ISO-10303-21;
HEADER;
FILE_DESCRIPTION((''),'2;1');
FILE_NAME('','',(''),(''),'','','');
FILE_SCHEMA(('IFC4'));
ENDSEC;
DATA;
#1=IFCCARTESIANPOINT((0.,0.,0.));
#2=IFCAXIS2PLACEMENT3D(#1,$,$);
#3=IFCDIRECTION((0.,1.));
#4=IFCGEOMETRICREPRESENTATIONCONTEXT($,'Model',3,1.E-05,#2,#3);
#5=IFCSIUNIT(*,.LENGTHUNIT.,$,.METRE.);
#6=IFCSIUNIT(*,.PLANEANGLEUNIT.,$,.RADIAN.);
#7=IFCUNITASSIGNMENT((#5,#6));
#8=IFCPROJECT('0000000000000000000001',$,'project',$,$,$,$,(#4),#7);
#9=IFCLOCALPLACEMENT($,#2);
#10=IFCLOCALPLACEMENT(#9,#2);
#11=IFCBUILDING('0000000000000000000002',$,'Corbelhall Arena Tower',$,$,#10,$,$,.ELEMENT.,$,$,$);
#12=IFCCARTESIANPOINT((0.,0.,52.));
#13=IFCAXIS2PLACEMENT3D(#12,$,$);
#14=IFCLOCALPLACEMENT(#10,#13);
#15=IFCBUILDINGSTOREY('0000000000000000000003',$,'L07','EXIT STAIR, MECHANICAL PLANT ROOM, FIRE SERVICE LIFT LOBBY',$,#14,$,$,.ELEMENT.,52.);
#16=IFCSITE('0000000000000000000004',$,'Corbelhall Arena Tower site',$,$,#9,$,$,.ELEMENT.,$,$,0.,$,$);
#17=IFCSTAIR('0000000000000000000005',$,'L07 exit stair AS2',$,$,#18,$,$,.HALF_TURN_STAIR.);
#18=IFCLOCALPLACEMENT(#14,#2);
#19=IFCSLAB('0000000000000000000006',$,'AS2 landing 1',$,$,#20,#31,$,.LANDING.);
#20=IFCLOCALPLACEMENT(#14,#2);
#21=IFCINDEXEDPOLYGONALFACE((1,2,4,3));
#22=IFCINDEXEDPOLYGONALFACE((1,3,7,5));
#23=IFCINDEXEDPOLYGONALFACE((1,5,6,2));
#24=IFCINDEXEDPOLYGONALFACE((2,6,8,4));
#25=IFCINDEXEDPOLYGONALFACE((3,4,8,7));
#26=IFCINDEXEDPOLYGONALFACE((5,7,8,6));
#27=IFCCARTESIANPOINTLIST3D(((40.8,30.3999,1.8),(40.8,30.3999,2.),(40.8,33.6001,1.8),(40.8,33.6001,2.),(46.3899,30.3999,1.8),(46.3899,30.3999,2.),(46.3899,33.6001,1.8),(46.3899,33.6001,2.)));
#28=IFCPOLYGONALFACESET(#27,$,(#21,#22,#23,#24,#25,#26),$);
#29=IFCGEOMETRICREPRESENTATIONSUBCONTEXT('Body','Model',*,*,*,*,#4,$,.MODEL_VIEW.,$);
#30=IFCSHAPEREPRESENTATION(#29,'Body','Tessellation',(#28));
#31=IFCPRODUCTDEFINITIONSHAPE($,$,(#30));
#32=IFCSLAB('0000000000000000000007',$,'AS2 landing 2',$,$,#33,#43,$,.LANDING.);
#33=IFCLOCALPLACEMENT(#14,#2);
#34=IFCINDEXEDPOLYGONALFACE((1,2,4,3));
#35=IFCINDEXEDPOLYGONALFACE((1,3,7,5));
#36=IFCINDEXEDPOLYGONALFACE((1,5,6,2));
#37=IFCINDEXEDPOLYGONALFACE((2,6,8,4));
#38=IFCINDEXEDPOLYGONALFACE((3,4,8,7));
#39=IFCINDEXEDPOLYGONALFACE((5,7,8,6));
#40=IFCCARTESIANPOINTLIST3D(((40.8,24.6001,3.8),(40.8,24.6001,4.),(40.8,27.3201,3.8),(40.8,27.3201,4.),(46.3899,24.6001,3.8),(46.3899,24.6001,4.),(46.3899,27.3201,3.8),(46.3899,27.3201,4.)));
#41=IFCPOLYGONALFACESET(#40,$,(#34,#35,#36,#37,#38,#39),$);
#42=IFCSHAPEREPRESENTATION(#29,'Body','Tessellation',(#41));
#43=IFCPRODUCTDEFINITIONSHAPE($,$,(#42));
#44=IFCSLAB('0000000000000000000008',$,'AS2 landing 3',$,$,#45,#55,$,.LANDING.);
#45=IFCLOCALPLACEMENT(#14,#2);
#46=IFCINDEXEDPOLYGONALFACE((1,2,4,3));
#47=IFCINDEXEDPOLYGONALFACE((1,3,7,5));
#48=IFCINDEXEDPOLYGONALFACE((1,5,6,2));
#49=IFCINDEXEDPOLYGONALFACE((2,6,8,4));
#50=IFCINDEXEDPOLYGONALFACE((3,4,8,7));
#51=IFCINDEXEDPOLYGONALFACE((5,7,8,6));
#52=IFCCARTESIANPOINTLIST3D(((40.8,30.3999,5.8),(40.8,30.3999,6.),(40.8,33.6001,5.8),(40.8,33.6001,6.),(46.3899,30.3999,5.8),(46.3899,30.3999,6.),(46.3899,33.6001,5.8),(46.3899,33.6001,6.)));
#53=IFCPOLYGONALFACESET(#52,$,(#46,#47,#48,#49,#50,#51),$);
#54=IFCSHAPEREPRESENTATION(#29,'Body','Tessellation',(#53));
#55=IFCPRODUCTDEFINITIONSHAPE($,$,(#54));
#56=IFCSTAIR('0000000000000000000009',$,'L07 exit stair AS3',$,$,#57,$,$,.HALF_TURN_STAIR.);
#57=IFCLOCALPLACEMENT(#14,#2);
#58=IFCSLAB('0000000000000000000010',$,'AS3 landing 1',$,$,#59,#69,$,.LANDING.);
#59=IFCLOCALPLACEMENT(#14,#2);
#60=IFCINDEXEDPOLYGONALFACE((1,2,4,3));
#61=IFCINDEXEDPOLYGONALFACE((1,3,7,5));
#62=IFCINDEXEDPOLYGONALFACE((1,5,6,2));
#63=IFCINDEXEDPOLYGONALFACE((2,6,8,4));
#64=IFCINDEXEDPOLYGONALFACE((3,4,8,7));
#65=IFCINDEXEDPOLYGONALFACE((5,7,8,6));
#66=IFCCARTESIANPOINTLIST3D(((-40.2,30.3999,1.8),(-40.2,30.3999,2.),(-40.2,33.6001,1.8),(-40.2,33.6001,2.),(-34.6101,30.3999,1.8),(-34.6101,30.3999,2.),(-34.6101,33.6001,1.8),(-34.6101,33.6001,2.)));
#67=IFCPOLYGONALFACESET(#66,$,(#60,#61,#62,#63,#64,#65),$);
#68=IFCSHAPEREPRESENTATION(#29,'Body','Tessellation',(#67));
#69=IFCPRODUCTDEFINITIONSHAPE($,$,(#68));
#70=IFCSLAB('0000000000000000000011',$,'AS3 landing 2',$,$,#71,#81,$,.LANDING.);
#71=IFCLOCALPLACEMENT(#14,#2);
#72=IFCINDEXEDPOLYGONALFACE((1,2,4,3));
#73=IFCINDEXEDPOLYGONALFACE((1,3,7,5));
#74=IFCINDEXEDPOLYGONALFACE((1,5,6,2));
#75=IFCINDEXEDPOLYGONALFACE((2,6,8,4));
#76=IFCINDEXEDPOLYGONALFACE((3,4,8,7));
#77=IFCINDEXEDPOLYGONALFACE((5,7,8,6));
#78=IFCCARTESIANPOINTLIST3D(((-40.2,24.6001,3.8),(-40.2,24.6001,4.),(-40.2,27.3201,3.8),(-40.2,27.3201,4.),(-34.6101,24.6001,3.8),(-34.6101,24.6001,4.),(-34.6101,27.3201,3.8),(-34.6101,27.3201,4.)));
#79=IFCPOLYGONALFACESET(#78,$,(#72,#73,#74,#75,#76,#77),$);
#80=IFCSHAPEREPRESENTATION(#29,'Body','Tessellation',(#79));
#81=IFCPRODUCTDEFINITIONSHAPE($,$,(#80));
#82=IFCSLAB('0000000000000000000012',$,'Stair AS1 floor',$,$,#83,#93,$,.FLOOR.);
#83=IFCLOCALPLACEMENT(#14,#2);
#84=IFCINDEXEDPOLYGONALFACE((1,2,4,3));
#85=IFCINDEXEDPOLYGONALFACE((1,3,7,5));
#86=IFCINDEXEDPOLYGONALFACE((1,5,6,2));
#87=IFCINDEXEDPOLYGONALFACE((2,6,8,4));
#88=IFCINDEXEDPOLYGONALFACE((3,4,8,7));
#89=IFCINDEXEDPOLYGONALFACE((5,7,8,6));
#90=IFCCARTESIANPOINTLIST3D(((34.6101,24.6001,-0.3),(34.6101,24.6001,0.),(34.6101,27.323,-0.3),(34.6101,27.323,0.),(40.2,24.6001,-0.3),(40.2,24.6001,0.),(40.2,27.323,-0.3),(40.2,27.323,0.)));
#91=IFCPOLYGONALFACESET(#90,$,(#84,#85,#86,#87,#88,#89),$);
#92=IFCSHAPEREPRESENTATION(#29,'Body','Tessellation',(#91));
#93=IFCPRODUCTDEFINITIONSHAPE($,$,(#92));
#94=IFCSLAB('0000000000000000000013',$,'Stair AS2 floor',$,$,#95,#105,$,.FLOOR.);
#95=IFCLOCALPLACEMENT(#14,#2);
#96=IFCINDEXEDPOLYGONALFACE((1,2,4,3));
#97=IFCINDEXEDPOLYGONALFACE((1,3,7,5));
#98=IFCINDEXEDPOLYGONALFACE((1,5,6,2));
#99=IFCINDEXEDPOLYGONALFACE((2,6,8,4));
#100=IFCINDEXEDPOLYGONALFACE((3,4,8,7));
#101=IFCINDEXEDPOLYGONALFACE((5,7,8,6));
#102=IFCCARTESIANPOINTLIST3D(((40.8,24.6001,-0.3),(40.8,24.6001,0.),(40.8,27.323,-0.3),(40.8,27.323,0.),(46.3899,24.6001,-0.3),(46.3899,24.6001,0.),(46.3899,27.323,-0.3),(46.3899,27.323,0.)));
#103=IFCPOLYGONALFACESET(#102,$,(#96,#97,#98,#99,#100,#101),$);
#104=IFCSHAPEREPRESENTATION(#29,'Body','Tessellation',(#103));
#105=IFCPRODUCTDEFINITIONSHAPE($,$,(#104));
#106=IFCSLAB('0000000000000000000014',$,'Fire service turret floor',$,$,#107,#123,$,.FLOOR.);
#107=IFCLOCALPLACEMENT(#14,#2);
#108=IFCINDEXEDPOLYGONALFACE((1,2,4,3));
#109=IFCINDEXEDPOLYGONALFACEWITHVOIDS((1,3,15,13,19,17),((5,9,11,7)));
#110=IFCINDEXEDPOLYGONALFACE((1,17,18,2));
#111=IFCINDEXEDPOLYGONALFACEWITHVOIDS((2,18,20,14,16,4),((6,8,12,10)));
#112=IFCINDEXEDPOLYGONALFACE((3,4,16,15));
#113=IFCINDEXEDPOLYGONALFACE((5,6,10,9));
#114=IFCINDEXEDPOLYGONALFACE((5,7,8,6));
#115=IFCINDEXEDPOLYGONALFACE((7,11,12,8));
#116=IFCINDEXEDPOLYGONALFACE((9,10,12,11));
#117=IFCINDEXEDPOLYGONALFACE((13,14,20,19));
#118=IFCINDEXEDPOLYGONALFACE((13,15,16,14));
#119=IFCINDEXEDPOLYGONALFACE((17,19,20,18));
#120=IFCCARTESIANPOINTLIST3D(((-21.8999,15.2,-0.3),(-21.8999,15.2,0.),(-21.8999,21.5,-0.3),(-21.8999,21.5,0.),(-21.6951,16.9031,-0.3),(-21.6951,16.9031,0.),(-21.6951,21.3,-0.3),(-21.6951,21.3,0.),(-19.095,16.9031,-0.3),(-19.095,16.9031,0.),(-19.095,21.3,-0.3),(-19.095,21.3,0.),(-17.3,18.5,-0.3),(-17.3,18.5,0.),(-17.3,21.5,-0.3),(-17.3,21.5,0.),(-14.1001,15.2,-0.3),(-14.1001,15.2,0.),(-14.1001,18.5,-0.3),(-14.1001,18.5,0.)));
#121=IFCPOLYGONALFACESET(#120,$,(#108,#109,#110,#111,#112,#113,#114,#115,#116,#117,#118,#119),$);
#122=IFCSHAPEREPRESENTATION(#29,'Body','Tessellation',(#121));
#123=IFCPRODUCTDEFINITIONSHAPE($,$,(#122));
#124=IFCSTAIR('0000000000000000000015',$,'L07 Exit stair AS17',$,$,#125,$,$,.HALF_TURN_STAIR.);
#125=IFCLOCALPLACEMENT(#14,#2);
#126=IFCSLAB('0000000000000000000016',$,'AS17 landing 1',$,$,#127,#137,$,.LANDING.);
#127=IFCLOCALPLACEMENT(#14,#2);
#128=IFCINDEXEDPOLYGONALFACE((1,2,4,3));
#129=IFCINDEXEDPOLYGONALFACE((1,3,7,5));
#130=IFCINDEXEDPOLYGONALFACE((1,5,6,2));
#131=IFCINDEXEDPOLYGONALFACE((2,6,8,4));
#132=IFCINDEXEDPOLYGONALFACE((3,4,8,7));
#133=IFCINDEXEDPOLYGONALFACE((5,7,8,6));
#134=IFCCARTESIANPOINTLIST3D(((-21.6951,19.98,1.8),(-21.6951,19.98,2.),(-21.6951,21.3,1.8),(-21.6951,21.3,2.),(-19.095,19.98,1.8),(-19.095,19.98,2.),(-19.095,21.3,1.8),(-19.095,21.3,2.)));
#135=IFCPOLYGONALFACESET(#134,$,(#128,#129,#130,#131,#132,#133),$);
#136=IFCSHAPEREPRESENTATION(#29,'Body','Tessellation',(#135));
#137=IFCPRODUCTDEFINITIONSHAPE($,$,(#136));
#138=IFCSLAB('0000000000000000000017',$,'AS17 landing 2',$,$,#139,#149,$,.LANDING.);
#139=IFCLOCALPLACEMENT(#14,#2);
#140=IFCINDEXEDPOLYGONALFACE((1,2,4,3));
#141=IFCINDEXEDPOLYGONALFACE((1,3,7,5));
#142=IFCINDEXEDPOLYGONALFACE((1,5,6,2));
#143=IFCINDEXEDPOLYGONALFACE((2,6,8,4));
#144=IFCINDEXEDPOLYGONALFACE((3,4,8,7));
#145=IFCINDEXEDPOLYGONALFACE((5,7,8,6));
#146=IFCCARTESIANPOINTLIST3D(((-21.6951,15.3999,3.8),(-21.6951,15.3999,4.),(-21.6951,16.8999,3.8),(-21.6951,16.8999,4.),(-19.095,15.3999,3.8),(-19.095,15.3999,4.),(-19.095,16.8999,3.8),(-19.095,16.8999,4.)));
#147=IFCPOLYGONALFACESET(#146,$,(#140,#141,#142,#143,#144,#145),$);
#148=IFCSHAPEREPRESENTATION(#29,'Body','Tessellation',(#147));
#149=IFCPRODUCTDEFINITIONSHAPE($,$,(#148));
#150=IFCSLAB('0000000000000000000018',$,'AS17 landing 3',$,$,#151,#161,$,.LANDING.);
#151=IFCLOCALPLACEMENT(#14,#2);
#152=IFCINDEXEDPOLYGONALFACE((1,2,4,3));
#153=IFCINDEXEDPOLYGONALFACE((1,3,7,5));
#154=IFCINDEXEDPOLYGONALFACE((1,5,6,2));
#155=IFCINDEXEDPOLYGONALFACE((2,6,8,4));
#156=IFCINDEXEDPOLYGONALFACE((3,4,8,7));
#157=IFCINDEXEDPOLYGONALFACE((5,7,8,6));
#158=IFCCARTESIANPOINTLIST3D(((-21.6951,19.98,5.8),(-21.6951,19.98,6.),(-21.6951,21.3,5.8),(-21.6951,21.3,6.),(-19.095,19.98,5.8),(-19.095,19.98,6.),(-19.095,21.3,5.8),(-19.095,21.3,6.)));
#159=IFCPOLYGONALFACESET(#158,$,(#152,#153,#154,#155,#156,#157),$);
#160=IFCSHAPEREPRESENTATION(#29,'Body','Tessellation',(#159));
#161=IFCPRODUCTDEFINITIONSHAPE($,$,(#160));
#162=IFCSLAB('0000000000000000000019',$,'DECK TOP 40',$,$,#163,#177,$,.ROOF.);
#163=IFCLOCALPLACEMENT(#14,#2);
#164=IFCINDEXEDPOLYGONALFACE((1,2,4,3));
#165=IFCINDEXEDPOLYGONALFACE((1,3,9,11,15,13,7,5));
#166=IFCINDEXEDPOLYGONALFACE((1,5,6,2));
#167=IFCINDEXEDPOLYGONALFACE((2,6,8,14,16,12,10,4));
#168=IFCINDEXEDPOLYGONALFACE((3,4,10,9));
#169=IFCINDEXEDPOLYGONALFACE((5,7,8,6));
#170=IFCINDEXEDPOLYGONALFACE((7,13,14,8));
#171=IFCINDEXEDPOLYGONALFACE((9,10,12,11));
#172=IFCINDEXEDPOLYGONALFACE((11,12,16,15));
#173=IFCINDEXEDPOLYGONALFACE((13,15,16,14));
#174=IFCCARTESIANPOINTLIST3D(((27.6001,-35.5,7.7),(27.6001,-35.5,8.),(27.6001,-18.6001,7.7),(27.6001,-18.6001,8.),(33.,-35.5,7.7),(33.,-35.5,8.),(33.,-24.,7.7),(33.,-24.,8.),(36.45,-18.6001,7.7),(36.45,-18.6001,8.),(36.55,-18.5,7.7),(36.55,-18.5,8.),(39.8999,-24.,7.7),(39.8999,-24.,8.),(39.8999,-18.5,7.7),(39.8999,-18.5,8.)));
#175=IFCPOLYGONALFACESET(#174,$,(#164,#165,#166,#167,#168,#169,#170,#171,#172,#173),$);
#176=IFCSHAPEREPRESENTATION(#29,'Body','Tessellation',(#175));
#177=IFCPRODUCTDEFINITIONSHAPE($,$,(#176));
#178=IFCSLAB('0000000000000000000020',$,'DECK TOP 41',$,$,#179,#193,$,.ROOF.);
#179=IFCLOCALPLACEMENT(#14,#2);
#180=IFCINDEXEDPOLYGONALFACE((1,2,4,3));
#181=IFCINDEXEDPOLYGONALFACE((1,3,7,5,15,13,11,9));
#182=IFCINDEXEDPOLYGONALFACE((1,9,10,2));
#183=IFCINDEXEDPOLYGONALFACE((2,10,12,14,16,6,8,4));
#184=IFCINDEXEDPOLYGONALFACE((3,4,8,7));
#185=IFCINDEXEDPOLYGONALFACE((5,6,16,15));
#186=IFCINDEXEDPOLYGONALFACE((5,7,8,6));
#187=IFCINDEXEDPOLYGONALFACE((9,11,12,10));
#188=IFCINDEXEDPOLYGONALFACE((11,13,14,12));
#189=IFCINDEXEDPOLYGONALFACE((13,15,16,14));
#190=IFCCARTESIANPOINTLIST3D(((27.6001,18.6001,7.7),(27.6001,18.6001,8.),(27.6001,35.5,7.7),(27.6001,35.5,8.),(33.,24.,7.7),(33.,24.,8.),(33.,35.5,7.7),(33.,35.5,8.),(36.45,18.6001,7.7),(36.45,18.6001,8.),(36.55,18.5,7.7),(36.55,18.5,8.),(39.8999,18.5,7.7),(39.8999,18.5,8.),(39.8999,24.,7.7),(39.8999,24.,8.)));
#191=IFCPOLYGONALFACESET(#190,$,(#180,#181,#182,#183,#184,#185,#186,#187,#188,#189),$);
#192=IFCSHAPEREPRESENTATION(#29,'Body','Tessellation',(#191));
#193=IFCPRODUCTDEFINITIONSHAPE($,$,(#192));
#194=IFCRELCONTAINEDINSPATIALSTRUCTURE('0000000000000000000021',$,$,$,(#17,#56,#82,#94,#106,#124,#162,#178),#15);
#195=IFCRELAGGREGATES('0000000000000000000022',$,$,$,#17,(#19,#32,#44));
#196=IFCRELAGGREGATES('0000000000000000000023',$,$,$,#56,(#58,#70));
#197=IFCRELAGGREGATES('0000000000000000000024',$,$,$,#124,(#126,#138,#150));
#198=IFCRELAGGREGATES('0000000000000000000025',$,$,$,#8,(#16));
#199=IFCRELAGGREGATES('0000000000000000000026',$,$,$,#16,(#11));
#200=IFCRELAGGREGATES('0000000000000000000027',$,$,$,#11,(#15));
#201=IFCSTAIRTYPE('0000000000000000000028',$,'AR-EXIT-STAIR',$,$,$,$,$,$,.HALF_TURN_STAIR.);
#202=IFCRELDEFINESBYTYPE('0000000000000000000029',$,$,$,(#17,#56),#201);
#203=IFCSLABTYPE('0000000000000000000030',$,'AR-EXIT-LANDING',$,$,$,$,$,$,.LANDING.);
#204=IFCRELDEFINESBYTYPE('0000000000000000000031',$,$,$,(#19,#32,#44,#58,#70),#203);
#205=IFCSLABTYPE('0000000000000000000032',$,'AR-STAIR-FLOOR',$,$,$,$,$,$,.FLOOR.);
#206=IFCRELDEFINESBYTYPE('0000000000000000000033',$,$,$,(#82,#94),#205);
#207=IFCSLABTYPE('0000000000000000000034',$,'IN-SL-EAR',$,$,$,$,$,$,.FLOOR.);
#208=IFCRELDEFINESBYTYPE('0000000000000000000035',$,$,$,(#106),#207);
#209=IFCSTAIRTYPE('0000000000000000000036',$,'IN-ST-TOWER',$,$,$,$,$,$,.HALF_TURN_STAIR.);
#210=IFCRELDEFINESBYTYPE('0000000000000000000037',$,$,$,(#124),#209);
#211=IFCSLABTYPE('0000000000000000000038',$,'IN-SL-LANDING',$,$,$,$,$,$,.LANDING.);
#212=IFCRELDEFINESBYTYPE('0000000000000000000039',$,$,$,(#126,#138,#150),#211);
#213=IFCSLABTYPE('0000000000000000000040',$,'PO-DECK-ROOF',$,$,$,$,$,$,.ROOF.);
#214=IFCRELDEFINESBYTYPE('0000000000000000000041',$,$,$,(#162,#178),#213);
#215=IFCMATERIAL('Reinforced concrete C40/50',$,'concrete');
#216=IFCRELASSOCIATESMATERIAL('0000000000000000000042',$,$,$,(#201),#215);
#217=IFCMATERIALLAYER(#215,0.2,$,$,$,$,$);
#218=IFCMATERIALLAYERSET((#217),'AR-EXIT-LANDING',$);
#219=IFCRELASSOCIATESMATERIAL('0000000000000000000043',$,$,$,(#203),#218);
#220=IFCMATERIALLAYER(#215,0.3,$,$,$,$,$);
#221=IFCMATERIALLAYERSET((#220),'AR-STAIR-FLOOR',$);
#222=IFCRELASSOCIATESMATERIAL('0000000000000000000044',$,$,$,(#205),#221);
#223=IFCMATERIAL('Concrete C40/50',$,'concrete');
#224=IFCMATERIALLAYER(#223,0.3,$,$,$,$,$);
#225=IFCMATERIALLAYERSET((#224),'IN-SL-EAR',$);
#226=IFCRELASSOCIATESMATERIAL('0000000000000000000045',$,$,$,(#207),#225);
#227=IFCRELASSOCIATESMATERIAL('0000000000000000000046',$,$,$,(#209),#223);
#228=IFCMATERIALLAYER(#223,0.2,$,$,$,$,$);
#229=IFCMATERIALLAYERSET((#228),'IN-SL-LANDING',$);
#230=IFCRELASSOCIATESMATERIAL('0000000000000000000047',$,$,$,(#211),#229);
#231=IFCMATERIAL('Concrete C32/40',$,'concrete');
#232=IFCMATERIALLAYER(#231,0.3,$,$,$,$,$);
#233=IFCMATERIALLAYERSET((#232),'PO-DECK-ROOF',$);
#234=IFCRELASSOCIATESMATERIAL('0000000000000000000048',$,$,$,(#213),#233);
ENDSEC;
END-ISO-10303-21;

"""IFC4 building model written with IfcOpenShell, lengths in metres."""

from ifc_helpers import new_model, si_unit, direction, frame, origin, place, context, subcontext, project, spatial, polyline, outline, extrude, material, layer, layer_set, type_object, element, aggregate, save


model = new_model("IFC4")

# Units and contexts
model_context = context("Model", 3, precision=1e-05, world=origin(), true_north=direction((0.0, 1.0)))
body_context = subcontext(model_context, "Body", "Model", "MODEL_VIEW")
ifc_project = project(units=[si_unit("LENGTHUNIT", "METRE"), si_unit("PLANEANGLEUNIT", "RADIAN")], contexts=[model_context])

# Site, building, storey
site_placement = place(None, origin())
site = spatial("IfcSite", under=ifc_project, at=site_placement, Name="Corbelhall Arena Tower site", CompositionType="ELEMENT", RefElevation=0.0)
building_placement = place(site_placement, origin())
building = spatial("IfcBuilding", under=site, at=building_placement, Name="Corbelhall Arena Tower", CompositionType="ELEMENT")
storey_placement = place(building_placement, frame((0.0, 0.0, 52.0)))
storey = spatial("IfcBuildingStorey", under=building, at=storey_placement, Name="L07", Description="EXIT STAIR, MECHANICAL PLANT ROOM, FIRE SERVICE LIFT LOBBY", CompositionType="ELEMENT", Elevation=52.0)

# Stairs, slabs
ifc_material_1 = material(Name="Reinforced concrete C40/50", Category="concrete")
stair_type_1 = type_object("IfcStairType", Name="AR-EXIT-STAIR", PredefinedType="HALF_TURN_STAIR", material=ifc_material_1)
ifc_layer_1 = layer(ifc_material_1, 0.2)
ifc_layer_set_1 = layer_set([ifc_layer_1], Name="AR-EXIT-LANDING")
slab_type_1 = type_object("IfcSlabType", Name="AR-EXIT-LANDING", PredefinedType="LANDING", material=ifc_layer_set_1)
stair_1_placement = place(storey_placement, origin())
stair_1 = element("IfcStair", 1, at=stair_1_placement, inside=storey, type_object=stair_type_1, Name="L07 exit stair AS2", PredefinedType="HALF_TURN_STAIR")
slab_1_placement = place(storey_placement, frame((0.0, 0.0, 1.8)))
slab_1 = element("IfcSlab", 2, at=slab_1_placement, type_object=slab_type_1, Name="AS2 landing 1", PredefinedType="LANDING", context=body_context, shape_type="SweptSolid", body=[
    extrude(outline(polyline([(46.3899, 30.3999), (46.3899, 33.6001), (40.8, 33.6001), (40.8, 30.3999), (46.3899, 30.3999)])), origin(), (0.0, 0.0, 1.0), 0.2),
])
slab_2_placement = place(storey_placement, frame((0.0, 0.0, 3.8)))
slab_2 = element("IfcSlab", 3, at=slab_2_placement, type_object=slab_type_1, Name="AS2 landing 2", PredefinedType="LANDING", context=body_context, shape_type="SweptSolid", body=[
    extrude(outline(polyline([(46.3899, 24.6001), (46.3899, 27.3201), (40.8, 27.3201), (40.8, 24.6001), (46.3899, 24.6001)])), origin(), (0.0, 0.0, 1.0), 0.2),
])
slab_3_placement = place(storey_placement, frame((0.0, 0.0, 5.8)))
slab_3 = element("IfcSlab", 4, at=slab_3_placement, type_object=slab_type_1, Name="AS2 landing 3", PredefinedType="LANDING", context=body_context, shape_type="SweptSolid", body=[
    extrude(outline(polyline([(46.3899, 30.3999), (46.3899, 33.6001), (40.8, 33.6001), (40.8, 30.3999), (46.3899, 30.3999)])), origin(), (0.0, 0.0, 1.0), 0.2),
])
aggregate(stair_1, [slab_1, slab_2, slab_3])
stair_2_placement = place(storey_placement, origin())
stair_2 = element("IfcStair", 5, at=stair_2_placement, inside=storey, type_object=stair_type_1, Name="L07 exit stair AS3", PredefinedType="HALF_TURN_STAIR")
slab_4_placement = place(storey_placement, frame((0.0, 0.0, 1.8)))
slab_4 = element("IfcSlab", 6, at=slab_4_placement, type_object=slab_type_1, Name="AS3 landing 1", PredefinedType="LANDING", context=body_context, shape_type="SweptSolid", body=[
    extrude(outline(polyline([(-34.6101, 30.3999), (-34.6101, 33.6001), (-40.2, 33.6001), (-40.2, 30.3999), (-34.6101, 30.3999)])), origin(), (0.0, 0.0, 1.0), 0.2),
])
slab_5_placement = place(storey_placement, frame((0.0, 0.0, 3.8)))
slab_5 = element("IfcSlab", 7, at=slab_5_placement, type_object=slab_type_1, Name="AS3 landing 2", PredefinedType="LANDING", context=body_context, shape_type="SweptSolid", body=[
    extrude(outline(polyline([(-34.6101, 24.6001), (-34.6101, 27.3201), (-40.2, 27.3201), (-40.2, 24.6001), (-34.6101, 24.6001)])), origin(), (0.0, 0.0, 1.0), 0.2),
])
aggregate(stair_2, [slab_4, slab_5])

# Slabs
ifc_layer_2 = layer(ifc_material_1, 0.3)
ifc_layer_set_2 = layer_set([ifc_layer_2], Name="AR-STAIR-FLOOR")
slab_type_2 = type_object("IfcSlabType", Name="AR-STAIR-FLOOR", PredefinedType="FLOOR", material=ifc_layer_set_2)
slab_6_placement = place(storey_placement, frame((0.0, 0.0, -0.3)))
element("IfcSlab", 8, at=slab_6_placement, inside=storey, type_object=slab_type_2, Name="Stair AS1 floor", PredefinedType="FLOOR", context=body_context, shape_type="SweptSolid", body=[
    extrude(outline(polyline([(40.2, 24.6001), (34.6101, 24.6001), (34.6101, 27.323), (40.2, 27.323), (40.2, 24.6001)])), origin(), (0.0, 0.0, 1.0), 0.3),
])
slab_7_placement = place(storey_placement, frame((0.0, 0.0, -0.3)))
element("IfcSlab", 9, at=slab_7_placement, inside=storey, type_object=slab_type_2, Name="Stair AS2 floor", PredefinedType="FLOOR", context=body_context, shape_type="SweptSolid", body=[
    extrude(outline(polyline([(46.3899, 24.6001), (40.8, 24.6001), (40.8, 27.323), (46.3899, 27.323), (46.3899, 24.6001)])), origin(), (0.0, 0.0, 1.0), 0.3),
])
ifc_material_2 = material(Name="Concrete C40/50", Category="concrete")
ifc_layer_3 = layer(ifc_material_2, 0.3)
ifc_layer_set_3 = layer_set([ifc_layer_3], Name="IN-SL-EAR")
slab_type_3 = type_object("IfcSlabType", Name="IN-SL-EAR", PredefinedType="FLOOR", material=ifc_layer_set_3)
slab_8_placement = place(storey_placement, frame((0.0, 0.0, -0.3)))
element("IfcSlab", 10, at=slab_8_placement, inside=storey, type_object=slab_type_3, Name="Fire service turret floor", PredefinedType="FLOOR", context=body_context, shape_type="SweptSolid", body=[
    extrude(outline(polyline([(-21.8999, 15.2), (-14.1001, 15.2), (-14.1001, 18.5), (-17.3, 18.5), (-17.3, 21.5), (-21.8999, 21.5), (-21.8999, 15.2)]), holes=[polyline([(-19.095, 21.3), (-21.6951, 21.3), (-21.6951, 16.9031), (-19.095, 16.9031), (-19.095, 21.3)])]), origin(), (0.0, 0.0, 1.0), 0.3),
])

# Stair, slabs
stair_type_2 = type_object("IfcStairType", Name="IN-ST-TOWER", PredefinedType="HALF_TURN_STAIR", material=ifc_material_2)
stair_3_placement = place(storey_placement, origin())
stair_3 = element("IfcStair", 11, at=stair_3_placement, inside=storey, type_object=stair_type_2, Name="L07 Exit stair AS17", PredefinedType="HALF_TURN_STAIR")
ifc_layer_4 = layer(ifc_material_2, 0.2)
ifc_layer_set_4 = layer_set([ifc_layer_4], Name="IN-SL-LANDING")
slab_type_4 = type_object("IfcSlabType", Name="IN-SL-LANDING", PredefinedType="LANDING", material=ifc_layer_set_4)
slab_9_placement = place(storey_placement, frame((0.0, 0.0, 1.8)))
slab_9 = element("IfcSlab", 12, at=slab_9_placement, type_object=slab_type_4, Name="AS17 landing 1", PredefinedType="LANDING", context=body_context, shape_type="SweptSolid", body=[
    extrude(outline(polyline([(-19.095, 19.98), (-19.095, 21.3), (-21.6951, 21.3), (-21.6951, 19.98), (-19.095, 19.98)])), origin(), (0.0, 0.0, 1.0), 0.2),
])
slab_10_placement = place(storey_placement, frame((0.0, 0.0, 3.8)))
slab_10 = element("IfcSlab", 13, at=slab_10_placement, type_object=slab_type_4, Name="AS17 landing 2", PredefinedType="LANDING", context=body_context, shape_type="SweptSolid", body=[
    extrude(outline(polyline([(-19.095, 15.3999), (-19.095, 16.8999), (-21.6951, 16.8999), (-21.6951, 15.3999), (-19.095, 15.3999)])), origin(), (0.0, 0.0, 1.0), 0.2),
])
slab_11_placement = place(storey_placement, frame((0.0, 0.0, 5.8)))
slab_11 = element("IfcSlab", 14, at=slab_11_placement, type_object=slab_type_4, Name="AS17 landing 3", PredefinedType="LANDING", context=body_context, shape_type="SweptSolid", body=[
    extrude(outline(polyline([(-19.095, 19.98), (-19.095, 21.3), (-21.6951, 21.3), (-21.6951, 19.98), (-19.095, 19.98)])), origin(), (0.0, 0.0, 1.0), 0.2),
])
aggregate(stair_3, [slab_9, slab_10, slab_11])

# Slabs
ifc_material_3 = material(Name="Concrete C32/40", Category="concrete")
ifc_layer_5 = layer(ifc_material_3, 0.3)
ifc_layer_set_5 = layer_set([ifc_layer_5], Name="PO-DECK-ROOF")
slab_type_5 = type_object("IfcSlabType", Name="PO-DECK-ROOF", PredefinedType="ROOF", material=ifc_layer_set_5)
slab_12_placement = place(storey_placement, frame((0.0, 0.0, 7.7)))
element("IfcSlab", 15, at=slab_12_placement, inside=storey, type_object=slab_type_5, Name="DECK TOP 40", PredefinedType="ROOF", context=body_context, shape_type="SweptSolid", body=[
    extrude(outline(polyline([(27.6001, -18.6001), (36.45, -18.6001), (36.55, -18.5), (39.8999, -18.5), (39.8999, -24.0), (33.0, -24.0), (33.0, -35.5), (27.6001, -35.5), (27.6001, -18.6001)])), origin(), (0.0, 0.0, 1.0), 0.3),
])
slab_13_placement = place(storey_placement, frame((0.0, 0.0, 7.7)))
element("IfcSlab", 16, at=slab_13_placement, inside=storey, type_object=slab_type_5, Name="DECK TOP 41", PredefinedType="ROOF", context=body_context, shape_type="SweptSolid", body=[
    extrude(outline(polyline([(33.0, 35.5), (33.0, 24.0), (39.8999, 24.0), (39.8999, 18.5), (36.55, 18.5), (36.45, 18.6001), (27.6001, 18.6001), (27.6001, 35.5), (33.0, 35.5)])), origin(), (0.0, 0.0, 1.0), 0.3),
])

save(model, "model.ifc")
